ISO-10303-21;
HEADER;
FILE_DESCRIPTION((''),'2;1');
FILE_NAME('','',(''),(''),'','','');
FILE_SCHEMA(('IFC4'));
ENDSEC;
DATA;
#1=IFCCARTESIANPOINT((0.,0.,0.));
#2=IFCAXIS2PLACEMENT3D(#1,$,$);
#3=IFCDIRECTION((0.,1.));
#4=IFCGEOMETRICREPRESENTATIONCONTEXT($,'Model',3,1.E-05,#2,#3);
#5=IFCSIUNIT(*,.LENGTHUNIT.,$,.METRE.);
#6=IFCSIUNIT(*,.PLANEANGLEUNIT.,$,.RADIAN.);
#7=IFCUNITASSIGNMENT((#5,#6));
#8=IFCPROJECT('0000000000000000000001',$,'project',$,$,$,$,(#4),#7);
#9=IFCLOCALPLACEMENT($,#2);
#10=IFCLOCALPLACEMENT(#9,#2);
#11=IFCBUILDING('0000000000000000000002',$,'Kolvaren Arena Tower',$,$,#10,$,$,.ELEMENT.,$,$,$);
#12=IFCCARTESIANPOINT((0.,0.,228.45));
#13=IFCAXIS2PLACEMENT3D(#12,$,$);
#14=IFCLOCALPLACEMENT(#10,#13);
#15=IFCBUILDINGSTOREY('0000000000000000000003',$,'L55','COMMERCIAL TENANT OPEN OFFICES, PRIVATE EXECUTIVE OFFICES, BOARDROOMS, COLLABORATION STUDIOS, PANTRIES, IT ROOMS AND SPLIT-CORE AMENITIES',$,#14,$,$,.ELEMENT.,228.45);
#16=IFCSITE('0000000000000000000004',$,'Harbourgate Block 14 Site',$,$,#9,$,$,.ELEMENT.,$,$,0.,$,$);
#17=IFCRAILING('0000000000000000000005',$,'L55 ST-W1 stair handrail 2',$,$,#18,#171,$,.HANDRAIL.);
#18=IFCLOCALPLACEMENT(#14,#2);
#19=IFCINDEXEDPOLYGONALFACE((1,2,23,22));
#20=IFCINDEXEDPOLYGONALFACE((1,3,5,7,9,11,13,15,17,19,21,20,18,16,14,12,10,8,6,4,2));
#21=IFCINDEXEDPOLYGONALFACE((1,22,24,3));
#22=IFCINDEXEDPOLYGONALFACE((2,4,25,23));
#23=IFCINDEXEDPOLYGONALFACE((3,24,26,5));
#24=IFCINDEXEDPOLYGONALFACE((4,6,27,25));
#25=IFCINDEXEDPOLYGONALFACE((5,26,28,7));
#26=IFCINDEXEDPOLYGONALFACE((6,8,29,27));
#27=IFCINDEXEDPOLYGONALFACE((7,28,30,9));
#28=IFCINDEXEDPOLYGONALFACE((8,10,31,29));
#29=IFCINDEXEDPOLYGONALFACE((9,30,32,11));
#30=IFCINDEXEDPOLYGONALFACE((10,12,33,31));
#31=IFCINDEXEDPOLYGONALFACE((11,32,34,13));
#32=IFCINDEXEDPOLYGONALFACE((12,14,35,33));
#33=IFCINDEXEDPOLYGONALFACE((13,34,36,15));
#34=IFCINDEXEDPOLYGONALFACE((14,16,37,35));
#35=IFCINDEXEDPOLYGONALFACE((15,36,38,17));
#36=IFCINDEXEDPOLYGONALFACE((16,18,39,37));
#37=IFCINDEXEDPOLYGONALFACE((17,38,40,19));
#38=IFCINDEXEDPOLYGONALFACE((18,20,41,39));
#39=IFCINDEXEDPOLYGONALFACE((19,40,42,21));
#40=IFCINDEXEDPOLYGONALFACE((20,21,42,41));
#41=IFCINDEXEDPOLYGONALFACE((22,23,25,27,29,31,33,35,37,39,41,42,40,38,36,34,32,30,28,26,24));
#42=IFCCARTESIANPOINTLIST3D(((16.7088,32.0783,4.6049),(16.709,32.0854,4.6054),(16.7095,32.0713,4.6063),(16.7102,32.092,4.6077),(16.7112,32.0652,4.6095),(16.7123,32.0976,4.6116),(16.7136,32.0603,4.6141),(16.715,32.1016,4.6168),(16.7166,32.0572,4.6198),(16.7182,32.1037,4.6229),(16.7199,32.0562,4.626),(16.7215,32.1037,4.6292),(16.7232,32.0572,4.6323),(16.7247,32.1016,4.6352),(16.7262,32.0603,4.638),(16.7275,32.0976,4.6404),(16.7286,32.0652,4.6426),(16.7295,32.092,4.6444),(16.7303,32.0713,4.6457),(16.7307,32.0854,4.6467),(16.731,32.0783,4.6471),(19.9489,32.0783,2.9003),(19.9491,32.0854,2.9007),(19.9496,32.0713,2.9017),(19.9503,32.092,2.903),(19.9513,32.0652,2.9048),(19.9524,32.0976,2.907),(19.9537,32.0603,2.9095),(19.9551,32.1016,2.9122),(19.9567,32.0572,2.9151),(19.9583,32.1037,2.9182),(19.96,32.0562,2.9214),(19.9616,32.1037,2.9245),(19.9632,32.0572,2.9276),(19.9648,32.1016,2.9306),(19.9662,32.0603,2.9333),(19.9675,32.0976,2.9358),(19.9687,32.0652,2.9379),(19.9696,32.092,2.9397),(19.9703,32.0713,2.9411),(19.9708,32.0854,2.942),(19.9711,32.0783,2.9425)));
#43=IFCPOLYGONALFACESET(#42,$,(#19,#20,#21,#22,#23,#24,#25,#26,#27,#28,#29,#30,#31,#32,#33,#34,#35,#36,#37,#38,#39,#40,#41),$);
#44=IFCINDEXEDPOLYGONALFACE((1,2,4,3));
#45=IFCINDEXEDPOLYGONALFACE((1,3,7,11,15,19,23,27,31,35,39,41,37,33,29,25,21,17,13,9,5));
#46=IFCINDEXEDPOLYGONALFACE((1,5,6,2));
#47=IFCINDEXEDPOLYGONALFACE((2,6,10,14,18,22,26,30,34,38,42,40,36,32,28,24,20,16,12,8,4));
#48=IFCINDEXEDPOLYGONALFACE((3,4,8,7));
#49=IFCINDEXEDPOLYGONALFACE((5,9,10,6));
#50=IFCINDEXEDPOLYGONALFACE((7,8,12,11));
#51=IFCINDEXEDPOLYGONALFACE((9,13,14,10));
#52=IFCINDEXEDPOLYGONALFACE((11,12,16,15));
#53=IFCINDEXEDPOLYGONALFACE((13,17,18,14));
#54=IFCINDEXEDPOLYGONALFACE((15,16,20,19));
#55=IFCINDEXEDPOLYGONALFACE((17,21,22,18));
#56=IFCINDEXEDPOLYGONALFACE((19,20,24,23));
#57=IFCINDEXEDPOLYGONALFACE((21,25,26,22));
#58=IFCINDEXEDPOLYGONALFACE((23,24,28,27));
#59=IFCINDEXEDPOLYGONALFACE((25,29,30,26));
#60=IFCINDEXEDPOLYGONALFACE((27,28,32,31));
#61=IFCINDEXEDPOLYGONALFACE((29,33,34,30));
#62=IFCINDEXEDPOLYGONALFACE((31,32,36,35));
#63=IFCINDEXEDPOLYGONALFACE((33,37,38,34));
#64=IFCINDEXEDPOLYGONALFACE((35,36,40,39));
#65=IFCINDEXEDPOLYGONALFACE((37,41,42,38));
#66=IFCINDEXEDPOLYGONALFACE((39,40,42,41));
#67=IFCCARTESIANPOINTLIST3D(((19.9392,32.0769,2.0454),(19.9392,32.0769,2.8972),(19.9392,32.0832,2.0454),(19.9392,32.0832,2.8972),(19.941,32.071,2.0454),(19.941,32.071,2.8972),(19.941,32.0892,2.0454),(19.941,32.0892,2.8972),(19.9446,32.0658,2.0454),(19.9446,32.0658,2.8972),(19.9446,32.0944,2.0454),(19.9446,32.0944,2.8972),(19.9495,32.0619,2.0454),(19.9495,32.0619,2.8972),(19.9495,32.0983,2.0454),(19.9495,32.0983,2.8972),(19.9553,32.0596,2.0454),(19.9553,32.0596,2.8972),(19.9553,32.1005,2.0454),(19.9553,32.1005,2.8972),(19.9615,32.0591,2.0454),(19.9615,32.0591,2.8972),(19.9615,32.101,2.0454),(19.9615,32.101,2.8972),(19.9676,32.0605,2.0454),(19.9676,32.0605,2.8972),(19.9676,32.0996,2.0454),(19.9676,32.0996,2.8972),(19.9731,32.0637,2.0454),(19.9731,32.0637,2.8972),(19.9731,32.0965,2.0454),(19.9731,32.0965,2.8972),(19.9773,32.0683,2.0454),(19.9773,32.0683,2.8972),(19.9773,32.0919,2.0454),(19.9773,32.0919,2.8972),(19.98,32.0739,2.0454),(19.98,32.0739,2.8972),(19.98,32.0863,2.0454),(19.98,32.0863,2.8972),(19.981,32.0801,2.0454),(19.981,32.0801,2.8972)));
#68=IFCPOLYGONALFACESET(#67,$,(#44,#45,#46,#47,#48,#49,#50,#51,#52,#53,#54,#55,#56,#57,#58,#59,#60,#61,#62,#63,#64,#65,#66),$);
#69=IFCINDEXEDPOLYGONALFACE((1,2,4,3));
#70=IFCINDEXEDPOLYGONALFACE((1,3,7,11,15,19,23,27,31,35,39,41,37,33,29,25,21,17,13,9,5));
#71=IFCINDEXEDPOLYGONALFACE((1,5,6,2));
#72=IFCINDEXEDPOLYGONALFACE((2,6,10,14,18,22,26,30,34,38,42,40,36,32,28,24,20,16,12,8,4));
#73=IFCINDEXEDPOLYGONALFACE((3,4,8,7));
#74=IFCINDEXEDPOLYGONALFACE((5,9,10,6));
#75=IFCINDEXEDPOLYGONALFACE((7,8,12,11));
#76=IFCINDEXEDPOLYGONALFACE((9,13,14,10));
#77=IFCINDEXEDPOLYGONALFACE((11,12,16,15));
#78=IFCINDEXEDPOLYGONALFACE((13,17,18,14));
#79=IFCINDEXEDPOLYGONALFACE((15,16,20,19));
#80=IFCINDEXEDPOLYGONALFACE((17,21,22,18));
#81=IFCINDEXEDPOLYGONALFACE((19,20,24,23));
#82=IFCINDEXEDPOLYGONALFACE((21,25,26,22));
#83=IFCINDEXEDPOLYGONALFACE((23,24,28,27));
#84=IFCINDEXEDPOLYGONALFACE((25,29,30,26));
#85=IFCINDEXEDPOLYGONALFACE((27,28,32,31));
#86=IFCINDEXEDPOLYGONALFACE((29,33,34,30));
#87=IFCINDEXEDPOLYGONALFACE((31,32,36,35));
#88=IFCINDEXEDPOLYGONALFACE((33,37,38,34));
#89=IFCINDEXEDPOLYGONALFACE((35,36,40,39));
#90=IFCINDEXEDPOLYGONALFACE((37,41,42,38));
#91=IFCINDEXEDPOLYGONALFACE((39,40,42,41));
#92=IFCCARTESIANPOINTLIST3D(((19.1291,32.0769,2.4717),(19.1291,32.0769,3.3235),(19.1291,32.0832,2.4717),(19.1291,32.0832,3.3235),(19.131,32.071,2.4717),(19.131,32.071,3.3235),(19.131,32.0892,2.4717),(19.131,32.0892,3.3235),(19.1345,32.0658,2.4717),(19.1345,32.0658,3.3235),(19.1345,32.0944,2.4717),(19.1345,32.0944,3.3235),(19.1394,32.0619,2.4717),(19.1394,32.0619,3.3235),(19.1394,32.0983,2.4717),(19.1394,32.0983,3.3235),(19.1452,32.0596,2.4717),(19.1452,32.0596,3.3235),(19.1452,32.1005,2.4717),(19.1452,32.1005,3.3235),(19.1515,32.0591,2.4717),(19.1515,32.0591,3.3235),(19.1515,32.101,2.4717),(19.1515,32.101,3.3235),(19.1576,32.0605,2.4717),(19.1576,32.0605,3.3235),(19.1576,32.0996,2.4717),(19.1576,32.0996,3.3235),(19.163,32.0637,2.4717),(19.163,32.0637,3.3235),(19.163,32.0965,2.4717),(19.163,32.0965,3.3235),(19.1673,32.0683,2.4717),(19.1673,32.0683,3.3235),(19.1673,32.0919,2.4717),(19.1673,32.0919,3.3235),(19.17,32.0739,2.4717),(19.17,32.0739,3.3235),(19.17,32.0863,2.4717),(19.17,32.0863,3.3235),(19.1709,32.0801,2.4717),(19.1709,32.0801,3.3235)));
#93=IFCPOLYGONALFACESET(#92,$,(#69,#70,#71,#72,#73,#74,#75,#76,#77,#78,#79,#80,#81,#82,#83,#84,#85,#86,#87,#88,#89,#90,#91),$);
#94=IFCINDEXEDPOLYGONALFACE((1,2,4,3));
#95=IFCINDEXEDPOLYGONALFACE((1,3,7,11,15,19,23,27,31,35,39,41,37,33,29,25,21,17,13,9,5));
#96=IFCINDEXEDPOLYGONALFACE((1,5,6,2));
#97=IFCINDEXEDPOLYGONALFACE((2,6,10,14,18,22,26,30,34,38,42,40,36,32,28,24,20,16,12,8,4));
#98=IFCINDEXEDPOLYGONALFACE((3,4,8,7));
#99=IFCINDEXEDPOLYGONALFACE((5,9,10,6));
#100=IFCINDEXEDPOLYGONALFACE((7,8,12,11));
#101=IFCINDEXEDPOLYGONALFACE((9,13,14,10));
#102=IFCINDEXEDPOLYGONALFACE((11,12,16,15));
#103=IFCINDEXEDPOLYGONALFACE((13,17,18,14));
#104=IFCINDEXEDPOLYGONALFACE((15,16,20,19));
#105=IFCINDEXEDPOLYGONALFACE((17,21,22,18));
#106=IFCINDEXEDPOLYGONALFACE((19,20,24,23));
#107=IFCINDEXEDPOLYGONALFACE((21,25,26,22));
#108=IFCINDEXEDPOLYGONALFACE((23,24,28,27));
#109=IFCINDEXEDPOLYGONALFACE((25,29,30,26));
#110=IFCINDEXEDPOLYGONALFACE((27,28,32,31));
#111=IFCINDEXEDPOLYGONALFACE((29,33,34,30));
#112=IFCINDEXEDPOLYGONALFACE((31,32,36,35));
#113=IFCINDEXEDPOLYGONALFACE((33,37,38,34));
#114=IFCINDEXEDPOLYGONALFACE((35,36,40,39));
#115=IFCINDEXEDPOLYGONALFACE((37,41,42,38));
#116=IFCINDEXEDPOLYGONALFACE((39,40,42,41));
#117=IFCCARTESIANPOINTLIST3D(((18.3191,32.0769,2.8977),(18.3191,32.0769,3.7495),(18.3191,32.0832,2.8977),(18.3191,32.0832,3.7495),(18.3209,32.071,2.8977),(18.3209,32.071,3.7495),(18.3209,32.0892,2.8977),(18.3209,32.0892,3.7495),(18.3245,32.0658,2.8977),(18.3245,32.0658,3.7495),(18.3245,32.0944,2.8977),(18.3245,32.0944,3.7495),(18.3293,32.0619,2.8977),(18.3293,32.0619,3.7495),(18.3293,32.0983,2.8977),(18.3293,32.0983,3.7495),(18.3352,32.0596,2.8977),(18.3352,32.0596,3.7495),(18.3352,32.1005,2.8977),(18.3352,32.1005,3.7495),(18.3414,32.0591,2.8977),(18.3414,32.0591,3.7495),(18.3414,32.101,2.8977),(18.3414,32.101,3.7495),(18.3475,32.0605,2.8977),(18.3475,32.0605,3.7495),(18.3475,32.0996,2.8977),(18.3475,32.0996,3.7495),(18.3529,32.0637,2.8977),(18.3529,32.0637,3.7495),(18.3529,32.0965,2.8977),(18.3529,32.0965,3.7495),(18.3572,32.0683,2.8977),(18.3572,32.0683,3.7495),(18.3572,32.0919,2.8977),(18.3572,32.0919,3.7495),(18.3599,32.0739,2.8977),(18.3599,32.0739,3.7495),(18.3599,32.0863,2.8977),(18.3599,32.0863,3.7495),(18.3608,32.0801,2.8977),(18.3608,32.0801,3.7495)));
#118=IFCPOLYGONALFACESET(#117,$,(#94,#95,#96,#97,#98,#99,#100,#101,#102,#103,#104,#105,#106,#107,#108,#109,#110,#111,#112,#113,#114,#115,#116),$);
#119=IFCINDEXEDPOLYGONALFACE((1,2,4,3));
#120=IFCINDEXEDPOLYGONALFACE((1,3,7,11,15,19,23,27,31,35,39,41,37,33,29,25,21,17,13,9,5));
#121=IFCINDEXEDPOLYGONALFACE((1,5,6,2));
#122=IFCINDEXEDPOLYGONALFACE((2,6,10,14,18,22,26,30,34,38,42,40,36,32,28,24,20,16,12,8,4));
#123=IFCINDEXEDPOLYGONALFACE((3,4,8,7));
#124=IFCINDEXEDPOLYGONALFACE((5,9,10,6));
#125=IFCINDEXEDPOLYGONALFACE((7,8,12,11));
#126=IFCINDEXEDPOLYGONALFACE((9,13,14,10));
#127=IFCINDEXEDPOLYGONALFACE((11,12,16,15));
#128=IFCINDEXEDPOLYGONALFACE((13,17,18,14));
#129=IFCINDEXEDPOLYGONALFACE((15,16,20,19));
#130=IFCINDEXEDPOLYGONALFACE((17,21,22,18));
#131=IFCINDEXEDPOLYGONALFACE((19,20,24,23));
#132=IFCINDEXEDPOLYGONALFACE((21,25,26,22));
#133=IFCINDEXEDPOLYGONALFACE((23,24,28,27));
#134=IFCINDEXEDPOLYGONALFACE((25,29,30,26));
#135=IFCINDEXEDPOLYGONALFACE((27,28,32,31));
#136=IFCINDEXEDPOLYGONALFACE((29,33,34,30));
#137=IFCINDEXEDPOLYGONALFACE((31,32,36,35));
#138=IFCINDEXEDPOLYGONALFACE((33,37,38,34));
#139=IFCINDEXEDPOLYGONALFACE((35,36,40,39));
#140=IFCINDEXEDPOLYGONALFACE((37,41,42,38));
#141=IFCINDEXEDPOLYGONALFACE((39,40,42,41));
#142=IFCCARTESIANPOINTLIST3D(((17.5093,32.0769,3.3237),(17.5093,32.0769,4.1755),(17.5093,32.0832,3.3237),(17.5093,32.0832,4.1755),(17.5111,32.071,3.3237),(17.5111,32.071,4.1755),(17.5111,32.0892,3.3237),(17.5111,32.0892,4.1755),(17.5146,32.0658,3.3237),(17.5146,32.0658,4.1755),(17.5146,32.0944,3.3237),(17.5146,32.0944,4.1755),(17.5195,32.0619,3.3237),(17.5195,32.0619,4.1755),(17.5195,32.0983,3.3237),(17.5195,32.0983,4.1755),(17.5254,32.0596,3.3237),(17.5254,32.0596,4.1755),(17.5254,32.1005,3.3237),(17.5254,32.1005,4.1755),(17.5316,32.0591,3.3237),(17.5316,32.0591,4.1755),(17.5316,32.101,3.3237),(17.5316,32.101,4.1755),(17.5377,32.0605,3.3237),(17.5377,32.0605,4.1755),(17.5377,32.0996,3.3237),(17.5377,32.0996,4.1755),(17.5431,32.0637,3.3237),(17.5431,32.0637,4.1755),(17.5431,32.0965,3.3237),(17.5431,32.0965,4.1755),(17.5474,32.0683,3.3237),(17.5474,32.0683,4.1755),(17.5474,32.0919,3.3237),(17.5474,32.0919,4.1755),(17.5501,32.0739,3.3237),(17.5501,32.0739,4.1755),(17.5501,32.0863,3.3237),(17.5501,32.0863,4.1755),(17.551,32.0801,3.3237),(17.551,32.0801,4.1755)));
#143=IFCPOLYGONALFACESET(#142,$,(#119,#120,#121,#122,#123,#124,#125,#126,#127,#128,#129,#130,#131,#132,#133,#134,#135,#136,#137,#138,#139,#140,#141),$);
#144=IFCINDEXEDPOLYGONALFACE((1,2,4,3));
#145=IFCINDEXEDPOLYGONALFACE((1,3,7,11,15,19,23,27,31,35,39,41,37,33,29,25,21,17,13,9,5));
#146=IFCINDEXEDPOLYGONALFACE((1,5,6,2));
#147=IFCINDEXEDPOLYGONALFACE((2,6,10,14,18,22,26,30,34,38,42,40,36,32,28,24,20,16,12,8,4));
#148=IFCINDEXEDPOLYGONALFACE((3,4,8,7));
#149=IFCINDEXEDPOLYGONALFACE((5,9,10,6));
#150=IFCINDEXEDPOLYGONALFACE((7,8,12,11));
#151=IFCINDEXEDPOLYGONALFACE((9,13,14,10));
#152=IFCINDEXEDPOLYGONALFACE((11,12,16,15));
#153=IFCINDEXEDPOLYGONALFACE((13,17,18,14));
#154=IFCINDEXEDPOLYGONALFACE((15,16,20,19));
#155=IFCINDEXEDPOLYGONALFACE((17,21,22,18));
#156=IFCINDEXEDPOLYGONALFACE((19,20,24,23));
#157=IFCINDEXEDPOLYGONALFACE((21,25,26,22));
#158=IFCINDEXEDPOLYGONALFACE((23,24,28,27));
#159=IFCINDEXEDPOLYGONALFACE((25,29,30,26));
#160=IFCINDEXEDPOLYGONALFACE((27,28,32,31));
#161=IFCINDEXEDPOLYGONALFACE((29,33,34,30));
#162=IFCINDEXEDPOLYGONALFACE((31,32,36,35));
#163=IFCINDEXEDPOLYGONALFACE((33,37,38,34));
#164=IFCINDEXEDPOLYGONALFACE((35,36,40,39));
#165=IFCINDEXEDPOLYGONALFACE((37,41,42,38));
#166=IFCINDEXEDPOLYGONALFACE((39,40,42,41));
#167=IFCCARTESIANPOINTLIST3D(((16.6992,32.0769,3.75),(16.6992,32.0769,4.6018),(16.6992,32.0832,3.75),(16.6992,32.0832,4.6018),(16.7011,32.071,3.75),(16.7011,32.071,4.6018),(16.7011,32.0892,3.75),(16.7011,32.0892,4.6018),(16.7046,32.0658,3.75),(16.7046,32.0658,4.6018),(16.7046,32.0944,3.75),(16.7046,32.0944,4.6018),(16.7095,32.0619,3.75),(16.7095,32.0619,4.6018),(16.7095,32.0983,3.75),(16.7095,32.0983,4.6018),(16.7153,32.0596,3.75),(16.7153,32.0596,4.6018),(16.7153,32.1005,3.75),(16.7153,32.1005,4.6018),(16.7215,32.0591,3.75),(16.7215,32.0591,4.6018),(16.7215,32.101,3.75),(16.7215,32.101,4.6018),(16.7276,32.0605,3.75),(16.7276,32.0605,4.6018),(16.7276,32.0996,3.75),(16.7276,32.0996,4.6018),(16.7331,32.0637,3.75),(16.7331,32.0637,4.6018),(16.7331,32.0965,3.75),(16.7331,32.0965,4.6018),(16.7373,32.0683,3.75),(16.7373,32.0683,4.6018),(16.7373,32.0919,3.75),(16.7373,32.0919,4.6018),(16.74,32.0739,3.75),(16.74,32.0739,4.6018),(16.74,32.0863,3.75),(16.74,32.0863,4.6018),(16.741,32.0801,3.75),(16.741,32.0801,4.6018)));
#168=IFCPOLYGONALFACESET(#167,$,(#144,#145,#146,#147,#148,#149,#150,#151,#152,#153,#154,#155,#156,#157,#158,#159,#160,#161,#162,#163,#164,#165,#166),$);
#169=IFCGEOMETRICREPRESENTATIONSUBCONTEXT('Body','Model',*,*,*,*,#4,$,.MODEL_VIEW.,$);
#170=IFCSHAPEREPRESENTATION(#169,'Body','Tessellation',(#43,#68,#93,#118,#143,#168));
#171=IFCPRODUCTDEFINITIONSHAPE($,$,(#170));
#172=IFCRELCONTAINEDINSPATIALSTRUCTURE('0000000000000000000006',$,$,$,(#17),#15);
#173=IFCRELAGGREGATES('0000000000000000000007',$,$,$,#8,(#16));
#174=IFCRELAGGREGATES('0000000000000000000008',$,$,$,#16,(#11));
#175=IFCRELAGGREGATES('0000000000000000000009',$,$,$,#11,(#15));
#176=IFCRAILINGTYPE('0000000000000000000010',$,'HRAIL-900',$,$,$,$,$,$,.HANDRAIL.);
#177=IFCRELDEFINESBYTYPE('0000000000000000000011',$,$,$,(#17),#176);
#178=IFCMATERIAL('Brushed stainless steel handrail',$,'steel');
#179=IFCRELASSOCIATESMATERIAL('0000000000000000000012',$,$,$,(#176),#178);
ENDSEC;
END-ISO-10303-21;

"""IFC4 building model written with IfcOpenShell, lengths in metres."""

from ifc_helpers import new_model, si_unit, direction, frame, origin, origin_2d, place, context, subcontext, project, spatial, circle, extrude, material, type_object, element, save


model = new_model("IFC4")

# Units and contexts
model_context = context("Model", 3, precision=1e-05, world=origin(), true_north=direction((0.0, 1.0)))
body_context = subcontext(model_context, "Body", "Model", "MODEL_VIEW")
ifc_project = project(units=[si_unit("LENGTHUNIT", "METRE"), si_unit("PLANEANGLEUNIT", "RADIAN")], contexts=[model_context])

# Site, building, storey
site_placement = place(None, origin())
site = spatial("IfcSite", under=ifc_project, at=site_placement, Name="Harbourgate Block 14 Site", CompositionType="ELEMENT", RefElevation=0.0)
building_placement = place(site_placement, origin())
building = spatial("IfcBuilding", under=site, at=building_placement, Name="Kolvaren Arena Tower", CompositionType="ELEMENT")
storey_placement = place(building_placement, frame((0.0, 0.0, 228.45)))
storey = spatial("IfcBuildingStorey", under=building, at=storey_placement, Name="L55", Description="COMMERCIAL TENANT OPEN OFFICES, PRIVATE EXECUTIVE OFFICES, BOARDROOMS, COLLABORATION STUDIOS, PANTRIES, IT ROOMS AND SPLIT-CORE AMENITIES", CompositionType="ELEMENT", Elevation=228.45)

# Railing
ifc_material_1 = material(Name="Brushed stainless steel handrail", Category="steel")
railing_type_1 = type_object("IfcRailingType", Name="HRAIL-900", PredefinedType="HANDRAIL", material=ifc_material_1)
railing_1_placement = place(storey_placement, frame((19.96, 32.0801, 2.0454)))
element("IfcRailing", 1, at=railing_1_placement, inside=storey, type_object=railing_type_1, Name="L55 ST-W1 stair handrail 2", PredefinedType="HANDRAIL", context=body_context, shape_type="SweptSolid", body=[
    extrude(circle(Radius=0.0239, at=origin_2d()), frame((0.0, 0.0, 0.876), z_axis=(-0.884993, 0.0, 0.465604), x_axis=(0.0, -1.0, 0.0)), (0.0, 0.0, 1.0), 3.6611),
    extrude(circle(Radius=0.021, at=origin_2d()), origin(), (0.0, 0.0, 1.0), 0.8518),
    extrude(circle(Radius=0.021, at=origin_2d()), frame((-0.8101, 0.0, 0.4263)), (0.0, 0.0, 1.0), 0.8518),
    extrude(circle(Radius=0.021, at=origin_2d()), frame((-1.6201, 0.0, 0.8523)), (0.0, 0.0, 1.0), 0.8518),
    extrude(circle(Radius=0.021, at=origin_2d()), frame((-2.4299, 0.0, 1.2783)), (0.0, 0.0, 1.0), 0.8518),
    extrude(circle(Radius=0.021, at=origin_2d()), frame((-3.24, 0.0, 1.7046)), (0.0, 0.0, 1.0), 0.8518),
])

save(model, "model.ifc")
